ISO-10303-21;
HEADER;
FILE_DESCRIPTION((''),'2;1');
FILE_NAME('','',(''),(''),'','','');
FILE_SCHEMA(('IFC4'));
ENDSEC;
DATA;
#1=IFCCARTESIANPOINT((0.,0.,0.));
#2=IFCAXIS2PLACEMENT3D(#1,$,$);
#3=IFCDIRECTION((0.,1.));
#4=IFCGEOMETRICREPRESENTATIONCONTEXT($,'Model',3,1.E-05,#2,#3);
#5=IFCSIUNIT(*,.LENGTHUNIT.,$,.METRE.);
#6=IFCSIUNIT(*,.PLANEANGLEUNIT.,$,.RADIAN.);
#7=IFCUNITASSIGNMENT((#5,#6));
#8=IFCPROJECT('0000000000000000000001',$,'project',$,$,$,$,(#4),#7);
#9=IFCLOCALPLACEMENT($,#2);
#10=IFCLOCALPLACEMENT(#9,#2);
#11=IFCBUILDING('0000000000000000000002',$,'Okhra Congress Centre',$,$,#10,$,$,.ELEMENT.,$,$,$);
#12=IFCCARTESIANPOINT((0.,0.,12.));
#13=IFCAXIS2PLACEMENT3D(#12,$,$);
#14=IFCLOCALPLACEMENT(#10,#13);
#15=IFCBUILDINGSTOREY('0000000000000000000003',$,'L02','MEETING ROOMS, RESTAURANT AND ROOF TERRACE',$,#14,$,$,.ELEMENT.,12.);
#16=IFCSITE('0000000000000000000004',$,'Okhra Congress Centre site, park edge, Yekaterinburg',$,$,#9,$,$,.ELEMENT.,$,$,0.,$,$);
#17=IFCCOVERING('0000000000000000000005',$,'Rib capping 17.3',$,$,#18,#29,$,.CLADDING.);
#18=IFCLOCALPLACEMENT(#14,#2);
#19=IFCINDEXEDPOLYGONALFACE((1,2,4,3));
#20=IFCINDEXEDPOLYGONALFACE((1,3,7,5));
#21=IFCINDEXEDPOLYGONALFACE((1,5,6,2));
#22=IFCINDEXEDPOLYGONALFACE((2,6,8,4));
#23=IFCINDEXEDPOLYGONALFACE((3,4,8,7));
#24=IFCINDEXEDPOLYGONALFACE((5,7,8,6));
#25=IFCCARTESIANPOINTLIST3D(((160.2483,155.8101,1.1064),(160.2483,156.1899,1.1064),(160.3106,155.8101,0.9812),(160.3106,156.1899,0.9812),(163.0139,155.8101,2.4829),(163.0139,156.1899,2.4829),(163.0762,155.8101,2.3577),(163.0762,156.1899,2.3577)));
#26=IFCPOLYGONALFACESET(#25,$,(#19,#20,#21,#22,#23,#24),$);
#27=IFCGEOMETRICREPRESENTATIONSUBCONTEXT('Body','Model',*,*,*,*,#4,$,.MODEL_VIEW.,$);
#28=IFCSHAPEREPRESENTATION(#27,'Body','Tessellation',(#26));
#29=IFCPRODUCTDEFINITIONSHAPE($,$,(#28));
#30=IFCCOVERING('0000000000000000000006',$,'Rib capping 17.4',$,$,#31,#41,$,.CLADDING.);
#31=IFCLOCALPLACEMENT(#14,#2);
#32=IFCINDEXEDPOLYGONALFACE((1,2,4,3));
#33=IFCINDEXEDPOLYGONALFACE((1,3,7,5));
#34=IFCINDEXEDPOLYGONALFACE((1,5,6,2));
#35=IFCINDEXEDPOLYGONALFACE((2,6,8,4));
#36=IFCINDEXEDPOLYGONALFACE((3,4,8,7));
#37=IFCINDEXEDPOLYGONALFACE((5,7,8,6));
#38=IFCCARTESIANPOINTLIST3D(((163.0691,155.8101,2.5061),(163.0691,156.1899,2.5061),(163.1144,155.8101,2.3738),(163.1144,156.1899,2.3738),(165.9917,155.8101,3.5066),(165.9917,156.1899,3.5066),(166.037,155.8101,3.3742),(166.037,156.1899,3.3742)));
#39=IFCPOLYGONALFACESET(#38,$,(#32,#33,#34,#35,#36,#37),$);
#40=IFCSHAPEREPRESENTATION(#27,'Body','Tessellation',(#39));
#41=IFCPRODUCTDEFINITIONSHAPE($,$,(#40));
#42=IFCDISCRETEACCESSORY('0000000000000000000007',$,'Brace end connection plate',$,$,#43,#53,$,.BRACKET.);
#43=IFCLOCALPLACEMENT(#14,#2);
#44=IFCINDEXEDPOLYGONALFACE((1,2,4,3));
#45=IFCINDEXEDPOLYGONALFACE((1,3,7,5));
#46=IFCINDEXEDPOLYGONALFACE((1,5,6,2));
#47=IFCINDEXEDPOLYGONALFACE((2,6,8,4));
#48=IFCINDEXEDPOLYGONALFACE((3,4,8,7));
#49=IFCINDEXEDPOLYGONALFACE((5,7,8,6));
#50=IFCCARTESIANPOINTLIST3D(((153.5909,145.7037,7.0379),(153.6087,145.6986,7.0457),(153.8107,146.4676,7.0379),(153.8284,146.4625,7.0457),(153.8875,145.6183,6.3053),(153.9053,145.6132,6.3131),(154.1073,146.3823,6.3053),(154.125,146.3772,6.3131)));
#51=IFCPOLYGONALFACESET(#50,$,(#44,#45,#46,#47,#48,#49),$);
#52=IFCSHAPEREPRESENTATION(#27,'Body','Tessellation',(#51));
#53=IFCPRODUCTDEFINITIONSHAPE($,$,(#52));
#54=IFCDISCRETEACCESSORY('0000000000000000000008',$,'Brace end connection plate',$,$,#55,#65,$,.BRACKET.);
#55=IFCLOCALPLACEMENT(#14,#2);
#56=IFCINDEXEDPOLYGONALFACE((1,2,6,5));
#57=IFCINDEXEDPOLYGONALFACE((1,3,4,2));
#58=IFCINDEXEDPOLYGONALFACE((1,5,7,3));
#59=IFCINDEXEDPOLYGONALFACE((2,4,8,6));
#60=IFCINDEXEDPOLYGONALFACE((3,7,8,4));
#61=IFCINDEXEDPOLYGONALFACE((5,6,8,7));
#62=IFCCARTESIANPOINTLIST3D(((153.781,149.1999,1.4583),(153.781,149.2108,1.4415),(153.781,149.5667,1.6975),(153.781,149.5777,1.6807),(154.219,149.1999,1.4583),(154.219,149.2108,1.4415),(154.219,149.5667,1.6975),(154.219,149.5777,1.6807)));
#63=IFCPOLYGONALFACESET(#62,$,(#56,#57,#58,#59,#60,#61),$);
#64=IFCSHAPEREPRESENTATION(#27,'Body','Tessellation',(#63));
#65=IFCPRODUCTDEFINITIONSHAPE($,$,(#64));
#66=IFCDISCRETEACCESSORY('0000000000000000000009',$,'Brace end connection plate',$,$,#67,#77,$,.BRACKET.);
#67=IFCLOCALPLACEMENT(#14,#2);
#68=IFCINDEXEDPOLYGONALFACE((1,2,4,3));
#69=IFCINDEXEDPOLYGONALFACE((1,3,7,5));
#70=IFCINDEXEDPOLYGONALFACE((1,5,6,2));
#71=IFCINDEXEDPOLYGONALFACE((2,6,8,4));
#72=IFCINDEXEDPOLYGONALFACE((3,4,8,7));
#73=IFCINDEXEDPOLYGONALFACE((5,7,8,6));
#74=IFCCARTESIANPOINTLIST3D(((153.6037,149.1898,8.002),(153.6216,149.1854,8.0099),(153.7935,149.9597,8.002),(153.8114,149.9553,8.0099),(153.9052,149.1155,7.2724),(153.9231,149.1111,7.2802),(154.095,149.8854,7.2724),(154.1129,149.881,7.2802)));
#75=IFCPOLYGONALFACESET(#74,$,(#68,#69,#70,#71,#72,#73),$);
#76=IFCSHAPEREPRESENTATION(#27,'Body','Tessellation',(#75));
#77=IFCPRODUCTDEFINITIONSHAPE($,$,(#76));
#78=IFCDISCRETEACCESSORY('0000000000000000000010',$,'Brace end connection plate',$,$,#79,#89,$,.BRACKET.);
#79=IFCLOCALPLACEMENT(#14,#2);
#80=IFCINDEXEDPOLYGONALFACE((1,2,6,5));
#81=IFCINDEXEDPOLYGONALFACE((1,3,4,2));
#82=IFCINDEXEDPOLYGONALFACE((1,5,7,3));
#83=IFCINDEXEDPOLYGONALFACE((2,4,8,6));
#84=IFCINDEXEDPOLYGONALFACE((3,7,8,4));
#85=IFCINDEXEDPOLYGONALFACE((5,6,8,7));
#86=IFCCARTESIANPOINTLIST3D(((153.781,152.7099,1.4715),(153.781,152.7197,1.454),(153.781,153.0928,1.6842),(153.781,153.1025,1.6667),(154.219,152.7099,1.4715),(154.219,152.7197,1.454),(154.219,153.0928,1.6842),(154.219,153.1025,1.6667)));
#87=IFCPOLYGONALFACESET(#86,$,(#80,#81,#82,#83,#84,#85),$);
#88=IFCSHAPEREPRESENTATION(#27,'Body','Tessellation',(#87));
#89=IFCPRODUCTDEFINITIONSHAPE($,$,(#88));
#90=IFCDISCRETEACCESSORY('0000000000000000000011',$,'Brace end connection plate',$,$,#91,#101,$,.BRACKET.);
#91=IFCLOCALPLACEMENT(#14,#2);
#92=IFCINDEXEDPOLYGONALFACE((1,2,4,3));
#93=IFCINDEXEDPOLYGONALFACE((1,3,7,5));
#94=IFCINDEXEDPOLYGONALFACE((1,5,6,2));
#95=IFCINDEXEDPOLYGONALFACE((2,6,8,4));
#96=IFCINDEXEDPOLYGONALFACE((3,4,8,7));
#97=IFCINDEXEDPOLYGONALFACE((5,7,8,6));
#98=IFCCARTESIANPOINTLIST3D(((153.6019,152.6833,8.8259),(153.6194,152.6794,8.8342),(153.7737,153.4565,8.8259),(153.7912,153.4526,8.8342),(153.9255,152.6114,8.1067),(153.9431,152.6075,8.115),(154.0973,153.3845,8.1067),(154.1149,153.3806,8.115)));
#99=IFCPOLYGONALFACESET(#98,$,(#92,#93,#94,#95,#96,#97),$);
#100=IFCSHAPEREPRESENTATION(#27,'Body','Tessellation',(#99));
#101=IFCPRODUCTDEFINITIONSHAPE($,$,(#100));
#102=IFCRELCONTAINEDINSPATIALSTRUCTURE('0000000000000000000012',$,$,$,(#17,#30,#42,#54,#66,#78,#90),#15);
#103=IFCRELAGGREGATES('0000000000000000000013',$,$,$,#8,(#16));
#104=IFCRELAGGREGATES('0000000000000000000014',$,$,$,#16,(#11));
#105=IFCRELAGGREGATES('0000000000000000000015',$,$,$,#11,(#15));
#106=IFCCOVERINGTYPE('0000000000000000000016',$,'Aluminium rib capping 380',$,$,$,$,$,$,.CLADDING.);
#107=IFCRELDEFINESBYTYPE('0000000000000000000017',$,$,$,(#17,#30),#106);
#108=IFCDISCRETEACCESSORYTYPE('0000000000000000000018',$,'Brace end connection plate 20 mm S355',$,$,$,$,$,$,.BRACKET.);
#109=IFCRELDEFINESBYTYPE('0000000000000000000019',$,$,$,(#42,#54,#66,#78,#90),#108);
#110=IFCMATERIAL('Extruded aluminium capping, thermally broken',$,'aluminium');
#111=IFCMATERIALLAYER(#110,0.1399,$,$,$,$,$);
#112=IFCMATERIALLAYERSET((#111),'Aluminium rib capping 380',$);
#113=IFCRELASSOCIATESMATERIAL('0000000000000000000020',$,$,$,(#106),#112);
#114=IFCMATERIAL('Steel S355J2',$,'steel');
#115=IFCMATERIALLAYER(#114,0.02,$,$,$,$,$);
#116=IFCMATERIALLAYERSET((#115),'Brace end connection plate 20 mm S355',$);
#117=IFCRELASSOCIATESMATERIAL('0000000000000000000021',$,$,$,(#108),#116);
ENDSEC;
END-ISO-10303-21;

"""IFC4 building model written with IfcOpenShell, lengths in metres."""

from ifc_helpers import new_model, si_unit, direction, frame, origin, origin_2d, place, context, subcontext, project, spatial, polyline, rectangle, outline, extrude, material, layer, layer_set, type_object, element, save


model = new_model("IFC4")

# Units and contexts
model_context = context("Model", 3, precision=1e-05, world=origin(), true_north=direction((0.0, 1.0)))
body_context = subcontext(model_context, "Body", "Model", "MODEL_VIEW")
ifc_project = project(units=[si_unit("LENGTHUNIT", "METRE"), si_unit("PLANEANGLEUNIT", "RADIAN")], contexts=[model_context])

# Site, building, storey
site_placement = place(None, origin())
site = spatial("IfcSite", under=ifc_project, at=site_placement, Name="Okhra Congress Centre site, park edge, Yekaterinburg", CompositionType="ELEMENT", RefElevation=0.0)
building_placement = place(site_placement, origin())
building = spatial("IfcBuilding", under=site, at=building_placement, Name="Okhra Congress Centre", CompositionType="ELEMENT")
storey_placement = place(building_placement, frame((0.0, 0.0, 12.0)))
storey = spatial("IfcBuildingStorey", under=building, at=storey_placement, Name="L02", Description="MEETING ROOMS, RESTAURANT AND ROOF TERRACE", CompositionType="ELEMENT", Elevation=12.0)

# Shared definitions
ifc_material_1 = material(Name="Steel S355J2", Category="steel")

# Coverings
ifc_material_2 = material(Name="Extruded aluminium capping, thermally broken", Category="aluminium")
ifc_layer_1 = layer(ifc_material_2, 0.1399)
ifc_layer_set_1 = layer_set([ifc_layer_1], Name="Aluminium rib capping 380")
covering_type = type_object("IfcCoveringType", Name="Aluminium rib capping 380", PredefinedType="CLADDING", material=ifc_layer_set_1)
covering_1_placement = place(storey_placement, frame((160.2483, 155.8101, 1.1064), z_axis=(-0.445569, 0.0, 0.895248), x_axis=(0.895248, 0.0, 0.445569)))
element("IfcCovering", 1, at=covering_1_placement, inside=storey, type_object=covering_type, Name="Rib capping 17.3", PredefinedType="CLADDING", context=body_context, shape_type="SweptSolid", body=[
    extrude(outline(polyline([(0.0, 0.0), (3.0892, 0.0), (3.0892, 0.3799), (0.0, 0.3799), (0.0, 0.0)])), origin(), (0.0, 0.0, -1.0), 0.1399),
])
covering_2_placement = place(storey_placement, frame((163.0691, 155.8101, 2.5061), z_axis=(-0.323876, 0.0, 0.9461), x_axis=(0.9461, 0.0, 0.323876)))
element("IfcCovering", 2, at=covering_2_placement, inside=storey, type_object=covering_type, Name="Rib capping 17.4", PredefinedType="CLADDING", context=body_context, shape_type="SweptSolid", body=[
    extrude(outline(polyline([(0.0, 0.0), (3.0891, 0.0), (3.0891, 0.3799), (0.0, 0.3799), (0.0, 0.0)])), origin(), (0.0, 0.0, -1.0), 0.1399),
])

# Discrete accessories
ifc_layer_2 = layer(ifc_material_1, 0.02)
ifc_layer_set_2 = layer_set([ifc_layer_2], Name="Brace end connection plate 20 mm S355")
discrete_accessory_type = type_object("IfcDiscreteAccessoryType", Name="Brace end connection plate 20 mm S355", PredefinedType="BRACKET", material=ifc_layer_set_2)
discrete_accessory_1_placement = place(storey_placement, frame((153.8491, 146.043, 6.6716), z_axis=(0.885646, -0.254775, 0.388228), x_axis=(0.276459, 0.961026, 0.0)))
element("IfcDiscreteAccessory", 3, at=discrete_accessory_1_placement, inside=storey, type_object=discrete_accessory_type, Name="Brace end connection plate", PredefinedType="BRACKET", context=body_context, shape_type="SweptSolid", body=[
    extrude(rectangle(XDim=0.7949, YDim=0.7949, at=origin_2d()), origin(), (0.0, 0.0, 1.0), 0.02),
])
discrete_accessory_2_placement = place(storey_placement, frame((154.0, 149.3833, 1.5779), z_axis=(0.0, 0.546268, -0.837611), x_axis=(-1.0, 0.0, 0.0)))
element("IfcDiscreteAccessory", 4, at=discrete_accessory_2_placement, inside=storey, type_object=discrete_accessory_type, Name="Brace end connection plate", PredefinedType="BRACKET", context=body_context, shape_type="SweptSolid", body=[
    extrude(rectangle(XDim=0.438, YDim=0.438, at=origin_2d()), origin(), (0.0, 0.0, 1.0), 0.02),
])
discrete_accessory_3_placement = place(storey_placement, frame((153.8494, 149.5376, 7.6372), z_axis=(0.893372, -0.220283, 0.391615), x_axis=(0.239405, 0.97092, 0.0)))
element("IfcDiscreteAccessory", 5, at=discrete_accessory_3_placement, inside=storey, type_object=discrete_accessory_type, Name="Brace end connection plate", PredefinedType="BRACKET", context=body_context, shape_type="SweptSolid", body=[
    extrude(rectangle(XDim=0.793, YDim=0.793, at=origin_2d()), origin(), (0.0, 0.0, 1.0), 0.02),
])
discrete_accessory_4_placement = place(storey_placement, frame((154.0, 152.9014, 1.5779), z_axis=(0.0, 0.485643, -0.874157), x_axis=(-1.0, 0.0, 0.0)))
element("IfcDiscreteAccessory", 6, at=discrete_accessory_4_placement, inside=storey, type_object=discrete_accessory_type, Name="Brace end connection plate", PredefinedType="BRACKET", context=body_context, shape_type="SweptSolid", body=[
    extrude(rectangle(XDim=0.438, YDim=0.438, at=origin_2d()), origin(), (0.0, 0.0, 1.0), 0.02),
])
discrete_accessory_5_placement = place(storey_placement, frame((153.8496, 153.0339, 8.4663), z_axis=(0.886527, -0.197006, 0.418638), x_axis=(0.21693, 0.976187, 0.0)))
element("IfcDiscreteAccessory", 7, at=discrete_accessory_5_placement, inside=storey, type_object=discrete_accessory_type, Name="Brace end connection plate", PredefinedType="BRACKET", context=body_context, shape_type="SweptSolid", body=[
    extrude(rectangle(XDim=0.792, YDim=0.792, at=origin_2d()), origin(), (0.0, 0.0, 1.0), 0.0198),
])

save(model, "model.ifc")
